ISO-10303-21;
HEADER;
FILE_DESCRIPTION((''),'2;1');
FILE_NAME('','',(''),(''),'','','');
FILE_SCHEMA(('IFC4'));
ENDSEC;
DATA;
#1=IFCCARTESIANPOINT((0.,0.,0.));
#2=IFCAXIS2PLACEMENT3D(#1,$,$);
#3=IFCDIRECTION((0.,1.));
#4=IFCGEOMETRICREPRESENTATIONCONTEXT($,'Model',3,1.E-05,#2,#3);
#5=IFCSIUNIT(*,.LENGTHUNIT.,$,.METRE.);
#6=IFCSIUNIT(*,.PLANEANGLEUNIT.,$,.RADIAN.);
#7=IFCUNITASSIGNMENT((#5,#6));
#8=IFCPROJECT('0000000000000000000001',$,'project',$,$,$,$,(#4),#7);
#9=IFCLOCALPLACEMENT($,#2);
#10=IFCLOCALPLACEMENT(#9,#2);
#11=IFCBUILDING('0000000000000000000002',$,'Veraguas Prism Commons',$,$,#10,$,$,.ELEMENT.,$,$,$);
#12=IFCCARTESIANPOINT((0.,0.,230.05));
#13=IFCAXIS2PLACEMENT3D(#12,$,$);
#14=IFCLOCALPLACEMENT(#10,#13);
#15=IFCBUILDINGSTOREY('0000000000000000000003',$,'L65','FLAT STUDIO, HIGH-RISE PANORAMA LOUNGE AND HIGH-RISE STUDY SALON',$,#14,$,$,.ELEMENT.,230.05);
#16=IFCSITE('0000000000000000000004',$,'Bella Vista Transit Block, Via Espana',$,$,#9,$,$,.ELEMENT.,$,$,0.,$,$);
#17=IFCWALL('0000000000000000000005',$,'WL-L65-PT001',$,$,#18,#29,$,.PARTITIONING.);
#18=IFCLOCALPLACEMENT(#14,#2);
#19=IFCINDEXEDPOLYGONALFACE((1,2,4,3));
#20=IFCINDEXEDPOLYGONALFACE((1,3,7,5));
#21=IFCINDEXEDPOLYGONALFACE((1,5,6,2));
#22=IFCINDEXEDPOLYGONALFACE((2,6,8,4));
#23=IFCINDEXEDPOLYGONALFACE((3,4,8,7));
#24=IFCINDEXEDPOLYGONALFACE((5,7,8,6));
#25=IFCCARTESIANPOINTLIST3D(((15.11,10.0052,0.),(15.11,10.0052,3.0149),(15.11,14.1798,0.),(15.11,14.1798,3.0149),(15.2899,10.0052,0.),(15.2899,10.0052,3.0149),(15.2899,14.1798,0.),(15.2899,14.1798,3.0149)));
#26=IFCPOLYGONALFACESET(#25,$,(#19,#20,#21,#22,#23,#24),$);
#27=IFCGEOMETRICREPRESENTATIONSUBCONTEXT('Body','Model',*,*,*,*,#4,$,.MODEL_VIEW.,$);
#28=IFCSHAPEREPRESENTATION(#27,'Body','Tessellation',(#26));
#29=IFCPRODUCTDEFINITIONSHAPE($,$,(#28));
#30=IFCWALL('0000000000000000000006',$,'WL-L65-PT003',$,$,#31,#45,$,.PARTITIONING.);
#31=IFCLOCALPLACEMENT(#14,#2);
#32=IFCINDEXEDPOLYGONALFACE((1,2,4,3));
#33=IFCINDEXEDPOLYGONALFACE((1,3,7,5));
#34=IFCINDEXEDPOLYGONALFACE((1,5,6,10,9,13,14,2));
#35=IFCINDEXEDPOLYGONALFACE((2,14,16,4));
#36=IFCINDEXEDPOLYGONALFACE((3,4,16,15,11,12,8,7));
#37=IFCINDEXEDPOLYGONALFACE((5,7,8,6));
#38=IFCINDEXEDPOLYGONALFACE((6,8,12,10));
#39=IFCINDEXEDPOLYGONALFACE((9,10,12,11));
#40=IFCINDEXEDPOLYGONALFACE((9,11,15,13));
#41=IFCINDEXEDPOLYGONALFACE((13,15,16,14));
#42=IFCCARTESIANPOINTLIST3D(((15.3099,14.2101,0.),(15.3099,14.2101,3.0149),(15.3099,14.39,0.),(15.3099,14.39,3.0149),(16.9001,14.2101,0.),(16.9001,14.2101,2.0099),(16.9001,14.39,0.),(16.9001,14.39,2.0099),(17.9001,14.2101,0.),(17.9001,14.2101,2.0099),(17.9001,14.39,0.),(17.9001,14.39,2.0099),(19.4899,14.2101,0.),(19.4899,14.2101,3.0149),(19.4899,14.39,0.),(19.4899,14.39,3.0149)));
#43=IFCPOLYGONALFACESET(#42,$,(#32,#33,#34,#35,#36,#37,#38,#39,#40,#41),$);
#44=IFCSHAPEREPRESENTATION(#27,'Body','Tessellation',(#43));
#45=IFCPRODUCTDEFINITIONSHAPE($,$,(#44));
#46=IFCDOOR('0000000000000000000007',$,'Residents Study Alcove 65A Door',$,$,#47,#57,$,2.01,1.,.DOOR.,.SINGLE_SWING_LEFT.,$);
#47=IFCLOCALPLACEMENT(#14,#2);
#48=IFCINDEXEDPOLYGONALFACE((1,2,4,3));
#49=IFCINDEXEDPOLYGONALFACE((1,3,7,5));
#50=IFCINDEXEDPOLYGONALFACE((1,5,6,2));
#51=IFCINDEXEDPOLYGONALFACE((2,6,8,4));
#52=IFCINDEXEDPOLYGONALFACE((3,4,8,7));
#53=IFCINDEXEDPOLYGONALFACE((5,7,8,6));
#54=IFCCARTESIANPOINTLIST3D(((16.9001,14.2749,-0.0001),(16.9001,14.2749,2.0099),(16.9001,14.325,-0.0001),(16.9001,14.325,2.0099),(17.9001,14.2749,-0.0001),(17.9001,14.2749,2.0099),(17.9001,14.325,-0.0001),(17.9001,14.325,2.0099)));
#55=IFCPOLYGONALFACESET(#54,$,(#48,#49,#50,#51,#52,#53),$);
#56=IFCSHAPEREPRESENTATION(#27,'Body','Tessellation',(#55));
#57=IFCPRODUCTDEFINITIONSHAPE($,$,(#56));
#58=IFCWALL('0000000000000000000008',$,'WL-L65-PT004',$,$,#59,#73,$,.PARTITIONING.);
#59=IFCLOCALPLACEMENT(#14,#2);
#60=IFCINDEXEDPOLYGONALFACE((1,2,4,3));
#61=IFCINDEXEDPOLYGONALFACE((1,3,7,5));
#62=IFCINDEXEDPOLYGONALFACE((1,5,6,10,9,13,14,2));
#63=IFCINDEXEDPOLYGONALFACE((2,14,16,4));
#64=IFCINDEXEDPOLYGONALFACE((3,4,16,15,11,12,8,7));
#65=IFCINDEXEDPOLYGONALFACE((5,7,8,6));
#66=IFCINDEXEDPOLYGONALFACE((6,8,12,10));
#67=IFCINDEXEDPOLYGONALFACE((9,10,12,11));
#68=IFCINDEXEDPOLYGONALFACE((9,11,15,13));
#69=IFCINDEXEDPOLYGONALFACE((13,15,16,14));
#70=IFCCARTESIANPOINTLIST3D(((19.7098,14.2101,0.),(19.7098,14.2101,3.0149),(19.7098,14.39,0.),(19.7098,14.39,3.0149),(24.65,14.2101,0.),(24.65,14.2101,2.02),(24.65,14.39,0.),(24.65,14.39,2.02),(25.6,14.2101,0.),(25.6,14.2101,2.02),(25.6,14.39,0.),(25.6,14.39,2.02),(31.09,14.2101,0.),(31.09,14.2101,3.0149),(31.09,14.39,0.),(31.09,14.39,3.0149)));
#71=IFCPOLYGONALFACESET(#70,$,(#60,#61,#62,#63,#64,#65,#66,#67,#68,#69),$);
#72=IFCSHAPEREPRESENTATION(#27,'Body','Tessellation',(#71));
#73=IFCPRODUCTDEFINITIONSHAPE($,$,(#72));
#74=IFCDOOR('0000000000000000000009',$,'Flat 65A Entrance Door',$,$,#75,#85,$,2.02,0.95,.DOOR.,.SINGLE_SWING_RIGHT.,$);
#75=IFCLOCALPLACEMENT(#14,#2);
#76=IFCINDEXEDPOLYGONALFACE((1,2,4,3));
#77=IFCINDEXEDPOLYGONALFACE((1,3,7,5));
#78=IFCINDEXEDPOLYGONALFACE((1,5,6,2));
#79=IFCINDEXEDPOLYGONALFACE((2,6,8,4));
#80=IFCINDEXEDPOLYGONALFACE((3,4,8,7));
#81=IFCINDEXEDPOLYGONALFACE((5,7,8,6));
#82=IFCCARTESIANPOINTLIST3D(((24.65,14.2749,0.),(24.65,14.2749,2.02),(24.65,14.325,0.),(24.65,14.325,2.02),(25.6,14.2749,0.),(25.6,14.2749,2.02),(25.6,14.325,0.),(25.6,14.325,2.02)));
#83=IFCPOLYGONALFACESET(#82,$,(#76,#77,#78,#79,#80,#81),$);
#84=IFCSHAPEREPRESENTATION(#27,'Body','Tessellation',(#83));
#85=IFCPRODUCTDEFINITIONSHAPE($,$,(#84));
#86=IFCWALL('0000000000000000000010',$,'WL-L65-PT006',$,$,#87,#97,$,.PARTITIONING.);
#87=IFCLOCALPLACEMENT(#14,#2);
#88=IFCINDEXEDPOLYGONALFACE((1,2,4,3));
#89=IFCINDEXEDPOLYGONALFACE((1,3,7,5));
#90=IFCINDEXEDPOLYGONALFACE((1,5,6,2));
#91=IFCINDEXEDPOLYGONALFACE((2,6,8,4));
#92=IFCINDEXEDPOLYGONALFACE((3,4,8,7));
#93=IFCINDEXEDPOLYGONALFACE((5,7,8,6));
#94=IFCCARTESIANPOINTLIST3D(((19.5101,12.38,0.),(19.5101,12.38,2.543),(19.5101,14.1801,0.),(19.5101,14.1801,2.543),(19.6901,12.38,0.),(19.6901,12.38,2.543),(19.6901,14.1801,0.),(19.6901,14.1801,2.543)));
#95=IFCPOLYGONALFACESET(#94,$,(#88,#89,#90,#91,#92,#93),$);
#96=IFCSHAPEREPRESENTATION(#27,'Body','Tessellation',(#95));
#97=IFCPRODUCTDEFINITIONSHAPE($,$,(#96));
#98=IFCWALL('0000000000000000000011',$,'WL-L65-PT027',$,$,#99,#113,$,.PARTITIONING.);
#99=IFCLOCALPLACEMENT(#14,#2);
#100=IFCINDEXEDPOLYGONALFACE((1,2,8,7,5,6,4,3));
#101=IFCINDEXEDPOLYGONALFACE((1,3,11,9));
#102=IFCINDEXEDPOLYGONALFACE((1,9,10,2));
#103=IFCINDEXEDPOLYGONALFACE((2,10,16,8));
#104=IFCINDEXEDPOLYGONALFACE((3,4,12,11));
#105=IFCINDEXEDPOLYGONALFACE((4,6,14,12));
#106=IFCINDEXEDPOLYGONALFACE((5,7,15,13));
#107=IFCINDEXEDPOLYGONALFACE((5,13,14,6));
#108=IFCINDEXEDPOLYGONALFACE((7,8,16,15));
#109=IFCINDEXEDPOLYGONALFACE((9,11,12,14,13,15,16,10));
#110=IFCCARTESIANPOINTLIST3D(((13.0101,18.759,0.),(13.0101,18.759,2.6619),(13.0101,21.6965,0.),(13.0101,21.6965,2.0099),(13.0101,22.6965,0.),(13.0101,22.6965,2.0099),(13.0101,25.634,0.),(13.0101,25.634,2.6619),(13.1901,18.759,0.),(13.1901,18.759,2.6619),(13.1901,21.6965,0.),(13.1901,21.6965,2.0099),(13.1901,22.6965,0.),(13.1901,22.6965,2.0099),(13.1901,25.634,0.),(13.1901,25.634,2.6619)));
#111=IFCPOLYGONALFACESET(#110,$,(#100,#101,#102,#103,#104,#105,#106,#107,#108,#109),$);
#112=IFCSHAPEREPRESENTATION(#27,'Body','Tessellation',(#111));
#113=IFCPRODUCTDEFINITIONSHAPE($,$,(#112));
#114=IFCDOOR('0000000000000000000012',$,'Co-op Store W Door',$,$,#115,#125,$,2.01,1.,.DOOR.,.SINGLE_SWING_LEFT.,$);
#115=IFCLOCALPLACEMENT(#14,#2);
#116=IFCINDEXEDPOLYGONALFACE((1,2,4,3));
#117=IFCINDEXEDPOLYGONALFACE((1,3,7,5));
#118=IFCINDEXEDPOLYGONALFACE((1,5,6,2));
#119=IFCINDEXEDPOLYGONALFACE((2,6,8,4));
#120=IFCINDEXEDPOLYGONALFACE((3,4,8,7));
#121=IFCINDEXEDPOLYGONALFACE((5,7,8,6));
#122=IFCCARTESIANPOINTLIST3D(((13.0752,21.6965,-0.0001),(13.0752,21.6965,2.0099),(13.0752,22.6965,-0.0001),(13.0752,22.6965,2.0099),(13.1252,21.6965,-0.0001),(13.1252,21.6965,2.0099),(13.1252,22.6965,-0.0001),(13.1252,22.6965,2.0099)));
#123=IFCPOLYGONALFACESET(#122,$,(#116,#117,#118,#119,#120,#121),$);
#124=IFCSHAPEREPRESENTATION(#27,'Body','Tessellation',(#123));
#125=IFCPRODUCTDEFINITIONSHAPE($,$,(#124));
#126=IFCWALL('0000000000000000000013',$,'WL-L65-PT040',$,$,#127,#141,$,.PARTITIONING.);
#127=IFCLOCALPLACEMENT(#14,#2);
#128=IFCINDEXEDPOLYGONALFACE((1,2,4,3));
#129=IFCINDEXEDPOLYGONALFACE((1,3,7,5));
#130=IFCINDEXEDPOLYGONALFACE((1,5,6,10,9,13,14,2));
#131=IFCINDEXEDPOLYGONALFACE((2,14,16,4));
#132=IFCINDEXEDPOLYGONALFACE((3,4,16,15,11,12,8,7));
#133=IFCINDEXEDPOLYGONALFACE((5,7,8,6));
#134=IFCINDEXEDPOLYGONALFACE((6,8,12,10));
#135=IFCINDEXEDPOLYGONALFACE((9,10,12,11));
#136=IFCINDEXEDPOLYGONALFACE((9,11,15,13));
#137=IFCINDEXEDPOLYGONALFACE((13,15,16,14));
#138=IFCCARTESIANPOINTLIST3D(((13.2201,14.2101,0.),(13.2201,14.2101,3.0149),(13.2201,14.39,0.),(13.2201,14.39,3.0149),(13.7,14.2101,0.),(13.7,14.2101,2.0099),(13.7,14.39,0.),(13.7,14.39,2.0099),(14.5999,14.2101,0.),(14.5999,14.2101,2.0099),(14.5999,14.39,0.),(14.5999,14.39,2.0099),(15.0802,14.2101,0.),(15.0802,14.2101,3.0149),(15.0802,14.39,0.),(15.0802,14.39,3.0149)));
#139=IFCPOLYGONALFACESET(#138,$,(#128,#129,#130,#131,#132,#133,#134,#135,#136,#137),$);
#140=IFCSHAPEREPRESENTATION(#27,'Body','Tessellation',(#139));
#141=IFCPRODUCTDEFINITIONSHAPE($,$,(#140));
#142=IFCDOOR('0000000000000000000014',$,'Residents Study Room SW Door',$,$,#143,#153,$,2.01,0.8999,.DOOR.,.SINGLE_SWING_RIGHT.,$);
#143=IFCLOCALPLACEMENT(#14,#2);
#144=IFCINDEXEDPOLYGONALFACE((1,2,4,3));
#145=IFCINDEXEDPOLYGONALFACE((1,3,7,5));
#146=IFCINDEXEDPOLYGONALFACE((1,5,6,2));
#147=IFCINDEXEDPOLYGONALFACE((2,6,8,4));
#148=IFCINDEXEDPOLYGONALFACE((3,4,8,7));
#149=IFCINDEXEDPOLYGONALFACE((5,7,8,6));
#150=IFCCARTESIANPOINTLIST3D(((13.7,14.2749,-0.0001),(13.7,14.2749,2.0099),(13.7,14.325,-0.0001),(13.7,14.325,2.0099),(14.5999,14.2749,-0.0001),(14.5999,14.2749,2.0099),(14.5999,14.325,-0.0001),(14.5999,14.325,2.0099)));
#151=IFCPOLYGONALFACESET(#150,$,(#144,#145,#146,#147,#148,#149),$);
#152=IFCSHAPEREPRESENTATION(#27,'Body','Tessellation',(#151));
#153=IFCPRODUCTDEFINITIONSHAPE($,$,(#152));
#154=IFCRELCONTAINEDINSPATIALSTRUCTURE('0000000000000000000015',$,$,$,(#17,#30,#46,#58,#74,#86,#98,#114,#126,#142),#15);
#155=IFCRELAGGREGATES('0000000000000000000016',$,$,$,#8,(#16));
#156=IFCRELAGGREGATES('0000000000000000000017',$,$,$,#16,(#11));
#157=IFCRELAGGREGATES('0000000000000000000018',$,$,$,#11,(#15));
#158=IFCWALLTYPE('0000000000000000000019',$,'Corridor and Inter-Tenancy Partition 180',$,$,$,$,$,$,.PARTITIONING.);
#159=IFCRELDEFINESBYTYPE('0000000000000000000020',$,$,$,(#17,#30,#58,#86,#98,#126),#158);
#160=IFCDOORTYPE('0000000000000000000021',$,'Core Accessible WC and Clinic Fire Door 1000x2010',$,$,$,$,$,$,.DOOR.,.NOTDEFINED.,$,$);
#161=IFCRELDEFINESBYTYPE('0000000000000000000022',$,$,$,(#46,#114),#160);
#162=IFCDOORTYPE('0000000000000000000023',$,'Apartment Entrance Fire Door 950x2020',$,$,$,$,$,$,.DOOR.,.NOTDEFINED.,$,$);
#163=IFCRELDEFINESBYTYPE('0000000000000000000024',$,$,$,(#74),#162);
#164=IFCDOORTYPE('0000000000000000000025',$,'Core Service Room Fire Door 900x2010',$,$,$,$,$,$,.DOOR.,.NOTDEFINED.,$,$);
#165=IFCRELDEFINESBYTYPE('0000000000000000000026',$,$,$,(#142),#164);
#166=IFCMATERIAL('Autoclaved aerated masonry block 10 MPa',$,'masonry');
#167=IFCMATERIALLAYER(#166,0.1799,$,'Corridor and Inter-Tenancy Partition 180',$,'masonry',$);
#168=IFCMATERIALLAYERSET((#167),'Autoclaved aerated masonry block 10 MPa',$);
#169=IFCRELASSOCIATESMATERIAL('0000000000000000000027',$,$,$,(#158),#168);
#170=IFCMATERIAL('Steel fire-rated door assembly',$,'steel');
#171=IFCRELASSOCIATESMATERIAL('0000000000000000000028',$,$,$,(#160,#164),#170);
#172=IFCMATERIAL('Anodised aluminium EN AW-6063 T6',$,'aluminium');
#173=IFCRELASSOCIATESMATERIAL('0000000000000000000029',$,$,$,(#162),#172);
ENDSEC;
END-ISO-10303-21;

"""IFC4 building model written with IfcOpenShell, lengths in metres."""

from ifc_helpers import new_model, si_unit, direction, frame, frame_2d, origin, place, context, subcontext, project, spatial, rectangle, extrude, source, transform, mapped, material, layer, layer_set, type_object, element, fill, save


model = new_model("IFC4")

# Units and contexts
model_context = context("Model", 3, precision=1e-05, world=origin(), true_north=direction((0.0, 1.0)))
body_context = subcontext(model_context, "Body", "Model", "MODEL_VIEW")
ifc_project = project(units=[si_unit("LENGTHUNIT", "METRE"), si_unit("PLANEANGLEUNIT", "RADIAN")], contexts=[model_context])

# Site, building, storey
site_placement = place(None, origin())
site = spatial("IfcSite", under=ifc_project, at=site_placement, Name="Bella Vista Transit Block, Via Espana", CompositionType="ELEMENT", RefElevation=0.0)
building_placement = place(site_placement, origin())
building = spatial("IfcBuilding", under=site, at=building_placement, Name="Veraguas Prism Commons", CompositionType="ELEMENT")
storey_placement = place(building_placement, frame((0.0, 0.0, 230.05)))
storey = spatial("IfcBuildingStorey", under=building, at=storey_placement, Name="L65", Description="FLAT STUDIO, HIGH-RISE PANORAMA LOUNGE AND HIGH-RISE STUDY SALON", CompositionType="ELEMENT", Elevation=230.05)

# Shared definitions
ifc_material_1 = material(Name="Steel fire-rated door assembly", Category="steel")

# Wall
ifc_material_2 = material(Name="Autoclaved aerated masonry block 10 MPa", Category="masonry")
ifc_layer_1 = layer(ifc_material_2, 0.1799, Name="Corridor and Inter-Tenancy Partition 180", Category="masonry")
ifc_layer_set_1 = layer_set([ifc_layer_1], Name="Autoclaved aerated masonry block 10 MPa")
wall_type_1 = type_object("IfcWallType", Name="Corridor and Inter-Tenancy Partition 180", PredefinedType="PARTITIONING", material=ifc_layer_set_1)
wall_1_placement = place(storey_placement, frame((15.2, 14.1799, 0.0), z_axis=(0.0, 0.0, 1.0), x_axis=(0.0, -1.0, 0.0)))
element("IfcWall", 1, at=wall_1_placement, inside=storey, type_object=wall_type_1, Name="WL-L65-PT001", PredefinedType="PARTITIONING", context=body_context, shape_type="SweptSolid", body=[
    extrude(rectangle(XDim=4.1746, YDim=0.1799, at=frame_2d((2.0874, 0.0))), origin(), (0.0, 0.0, 1.0), 3.0149),
])

# Walls, openings, doors
wall_2_placement = place(storey_placement, frame((15.3101, 14.3, 0.0), z_axis=(0.0, 0.0, 1.0), x_axis=(1.0, 0.0, 0.0)))
wall_2 = element("IfcWall", 2, at=wall_2_placement, inside=storey, type_object=wall_type_1, Name="WL-L65-PT003", PredefinedType="PARTITIONING", context=body_context, shape_type="SweptSolid", body=[
    extrude(rectangle(XDim=4.1799, YDim=0.1799, at=frame_2d((2.0898, 0.0))), origin(), (0.0, 0.0, 1.0), 3.0149),
])
opening_1_placement = place(wall_2_placement, frame((1.5901, 0.0, 0.0)))
opening_1 = element("IfcOpeningElement", 3, at=opening_1_placement, cuts=wall_2, PredefinedType="OPENING", context=body_context, shape_type="SweptSolid", body=[
    extrude(rectangle(XDim=1.0, YDim=2.01, at=frame_2d((0.5, 1.0049))), frame((0.0, 0.0999, 0.0), z_axis=(0.0, -1.0, 0.0), x_axis=(1.0, 0.0, 0.0)), (0.0, 0.0, 1.0), 0.2),
])
door_type_1 = type_object("IfcDoorType", Name="Core Accessible WC and Clinic Fire Door 1000x2010", OperationType="NOTDEFINED", PredefinedType="DOOR", material=ifc_material_1)
shared_shape_1 = source(origin(), body_context, "Body", "SweptSolid", [
    extrude(rectangle(XDim=1.0, YDim=2.01, at=frame_2d((0.5, 1.0049))), frame((0.0, 0.0249, 0.0), z_axis=(0.0, -1.0, 0.0), x_axis=(1.0, 0.0, 0.0)), (0.0, 0.0, 1.0), 0.05),
])
door_1_placement = place(opening_1_placement, origin())
door_1 = element("IfcDoor", 4, at=door_1_placement, inside=storey, type_object=door_type_1, Name="Residents Study Alcove 65A Door", OperationType="SINGLE_SWING_LEFT", OverallHeight=2.01, OverallWidth=1.0, PredefinedType="DOOR", context=body_context, shape_type="MappedRepresentation", body=[
    mapped(shared_shape_1, transform((0.0, 0.0, 0.0), scale=1.0)),
])
fill(opening_1, door_1)
wall_3_placement = place(storey_placement, frame((19.71, 14.3, 0.0), z_axis=(0.0, 0.0, 1.0), x_axis=(1.0, 0.0, 0.0)))
wall_3 = element("IfcWall", 5, at=wall_3_placement, inside=storey, type_object=wall_type_1, Name="WL-L65-PT004", PredefinedType="PARTITIONING", context=body_context, shape_type="SweptSolid", body=[
    extrude(rectangle(XDim=11.3801, YDim=0.1799, at=frame_2d((5.6899, 0.0))), origin(), (0.0, 0.0, 1.0), 3.0149),
])
opening_2_placement = place(wall_3_placement, frame((4.9399, 0.0, 0.0)))
opening_2 = element("IfcOpeningElement", 6, at=opening_2_placement, cuts=wall_3, PredefinedType="OPENING", context=body_context, shape_type="SweptSolid", body=[
    extrude(rectangle(XDim=0.95, YDim=2.02, at=frame_2d((0.4751, 1.01))), frame((0.0, 0.0999, 0.0), z_axis=(0.0, -1.0, 0.0), x_axis=(1.0, 0.0, 0.0)), (0.0, 0.0, 1.0), 0.2),
])
ifc_material_3 = material(Name="Anodised aluminium EN AW-6063 T6", Category="aluminium")
door_type_2 = type_object("IfcDoorType", Name="Apartment Entrance Fire Door 950x2020", OperationType="NOTDEFINED", PredefinedType="DOOR", material=ifc_material_3)
shared_shape_2 = source(origin(), body_context, "Body", "SweptSolid", [
    extrude(rectangle(XDim=0.95, YDim=2.02, at=frame_2d((0.4751, 1.01))), frame((0.0, 0.0249, 0.0), z_axis=(0.0, -1.0, 0.0), x_axis=(1.0, 0.0, 0.0)), (0.0, 0.0, 1.0), 0.05),
])
door_2_placement = place(opening_2_placement, origin())
door_2 = element("IfcDoor", 7, at=door_2_placement, inside=storey, type_object=door_type_2, Name="Flat 65A Entrance Door", OperationType="SINGLE_SWING_RIGHT", OverallHeight=2.02, OverallWidth=0.95, PredefinedType="DOOR", context=body_context, shape_type="MappedRepresentation", body=[
    mapped(shared_shape_2, transform((0.0, 0.0, 0.0), scale=1.0)),
])
fill(opening_2, door_2)

# Wall
wall_4_placement = place(storey_placement, frame((19.6001, 14.1799, 0.0), z_axis=(0.0, 0.0, 1.0), x_axis=(0.0, -1.0, 0.0)))
element("IfcWall", 8, at=wall_4_placement, inside=storey, type_object=wall_type_1, Name="WL-L65-PT006", PredefinedType="PARTITIONING", context=body_context, shape_type="SweptSolid", body=[
    extrude(rectangle(XDim=1.8, YDim=0.1799, at=frame_2d((0.8999, 0.0))), origin(), (0.0, 0.0, 1.0), 2.543),
])

# Walls, openings, doors
wall_5_placement = place(storey_placement, frame((13.1001, 18.759, 0.0), z_axis=(0.0, 0.0, 1.0), x_axis=(0.0, 1.0, 0.0)))
wall_5 = element("IfcWall", 9, at=wall_5_placement, inside=storey, type_object=wall_type_1, Name="WL-L65-PT027", PredefinedType="PARTITIONING", context=body_context, shape_type="SweptSolid", body=[
    extrude(rectangle(XDim=6.875, YDim=0.1799, at=frame_2d((3.4375, 0.0))), origin(), (0.0, 0.0, 1.0), 2.6619),
])
opening_3_placement = place(wall_5_placement, frame((2.9375, 0.0, 0.0)))
opening_3 = element("IfcOpeningElement", 10, at=opening_3_placement, cuts=wall_5, PredefinedType="OPENING", context=body_context, shape_type="SweptSolid", body=[
    extrude(rectangle(XDim=1.0, YDim=2.01, at=frame_2d((0.5, 1.0049))), frame((0.0, 0.0999, 0.0), z_axis=(0.0, -1.0, 0.0), x_axis=(1.0, 0.0, 0.0)), (0.0, 0.0, 1.0), 0.2),
])
door_3_placement = place(opening_3_placement, origin())
door_3 = element("IfcDoor", 11, at=door_3_placement, inside=storey, type_object=door_type_1, Name="Co-op Store W Door", OperationType="SINGLE_SWING_LEFT", OverallHeight=2.01, OverallWidth=1.0, PredefinedType="DOOR", context=body_context, shape_type="MappedRepresentation", body=[
    mapped(shared_shape_1, transform((0.0, 0.0, 0.0), scale=1.0)),
])
fill(opening_3, door_3)
wall_6_placement = place(storey_placement, frame((13.22, 14.3, 0.0), z_axis=(0.0, 0.0, 1.0), x_axis=(1.0, 0.0, 0.0)))
wall_6 = element("IfcWall", 12, at=wall_6_placement, inside=storey, type_object=wall_type_1, Name="WL-L65-PT040", PredefinedType="PARTITIONING", context=body_context, shape_type="SweptSolid", body=[
    extrude(rectangle(XDim=1.8601, YDim=0.1799, at=frame_2d((0.9302, 0.0))), origin(), (0.0, 0.0, 1.0), 3.0149),
])
opening_4_placement = place(wall_6_placement, frame((0.48, 0.0, 0.0)))
opening_4 = element("IfcOpeningElement", 13, at=opening_4_placement, cuts=wall_6, PredefinedType="OPENING", context=body_context, shape_type="SweptSolid", body=[
    extrude(rectangle(XDim=0.8999, YDim=2.01, at=frame_2d((0.45, 1.0049))), frame((0.0, 0.0999, 0.0), z_axis=(0.0, -1.0, 0.0), x_axis=(1.0, 0.0, 0.0)), (0.0, 0.0, 1.0), 0.2),
])
door_type_3 = type_object("IfcDoorType", Name="Core Service Room Fire Door 900x2010", OperationType="NOTDEFINED", PredefinedType="DOOR", material=ifc_material_1)
shared_shape_3 = source(origin(), body_context, "Body", "SweptSolid", [
    extrude(rectangle(XDim=0.8999, YDim=2.01, at=frame_2d((0.45, 1.0049))), frame((0.0, 0.0249, 0.0), z_axis=(0.0, -1.0, 0.0), x_axis=(1.0, 0.0, 0.0)), (0.0, 0.0, 1.0), 0.05),
])
door_4_placement = place(opening_4_placement, origin())
door_4 = element("IfcDoor", 14, at=door_4_placement, inside=storey, type_object=door_type_3, Name="Residents Study Room SW Door", OperationType="SINGLE_SWING_RIGHT", OverallHeight=2.01, OverallWidth=0.8999, PredefinedType="DOOR", context=body_context, shape_type="MappedRepresentation", body=[
    mapped(shared_shape_3, transform((0.0, 0.0, 0.0), scale=1.0)),
])
fill(opening_4, door_4)

save(model, "model.ifc")
